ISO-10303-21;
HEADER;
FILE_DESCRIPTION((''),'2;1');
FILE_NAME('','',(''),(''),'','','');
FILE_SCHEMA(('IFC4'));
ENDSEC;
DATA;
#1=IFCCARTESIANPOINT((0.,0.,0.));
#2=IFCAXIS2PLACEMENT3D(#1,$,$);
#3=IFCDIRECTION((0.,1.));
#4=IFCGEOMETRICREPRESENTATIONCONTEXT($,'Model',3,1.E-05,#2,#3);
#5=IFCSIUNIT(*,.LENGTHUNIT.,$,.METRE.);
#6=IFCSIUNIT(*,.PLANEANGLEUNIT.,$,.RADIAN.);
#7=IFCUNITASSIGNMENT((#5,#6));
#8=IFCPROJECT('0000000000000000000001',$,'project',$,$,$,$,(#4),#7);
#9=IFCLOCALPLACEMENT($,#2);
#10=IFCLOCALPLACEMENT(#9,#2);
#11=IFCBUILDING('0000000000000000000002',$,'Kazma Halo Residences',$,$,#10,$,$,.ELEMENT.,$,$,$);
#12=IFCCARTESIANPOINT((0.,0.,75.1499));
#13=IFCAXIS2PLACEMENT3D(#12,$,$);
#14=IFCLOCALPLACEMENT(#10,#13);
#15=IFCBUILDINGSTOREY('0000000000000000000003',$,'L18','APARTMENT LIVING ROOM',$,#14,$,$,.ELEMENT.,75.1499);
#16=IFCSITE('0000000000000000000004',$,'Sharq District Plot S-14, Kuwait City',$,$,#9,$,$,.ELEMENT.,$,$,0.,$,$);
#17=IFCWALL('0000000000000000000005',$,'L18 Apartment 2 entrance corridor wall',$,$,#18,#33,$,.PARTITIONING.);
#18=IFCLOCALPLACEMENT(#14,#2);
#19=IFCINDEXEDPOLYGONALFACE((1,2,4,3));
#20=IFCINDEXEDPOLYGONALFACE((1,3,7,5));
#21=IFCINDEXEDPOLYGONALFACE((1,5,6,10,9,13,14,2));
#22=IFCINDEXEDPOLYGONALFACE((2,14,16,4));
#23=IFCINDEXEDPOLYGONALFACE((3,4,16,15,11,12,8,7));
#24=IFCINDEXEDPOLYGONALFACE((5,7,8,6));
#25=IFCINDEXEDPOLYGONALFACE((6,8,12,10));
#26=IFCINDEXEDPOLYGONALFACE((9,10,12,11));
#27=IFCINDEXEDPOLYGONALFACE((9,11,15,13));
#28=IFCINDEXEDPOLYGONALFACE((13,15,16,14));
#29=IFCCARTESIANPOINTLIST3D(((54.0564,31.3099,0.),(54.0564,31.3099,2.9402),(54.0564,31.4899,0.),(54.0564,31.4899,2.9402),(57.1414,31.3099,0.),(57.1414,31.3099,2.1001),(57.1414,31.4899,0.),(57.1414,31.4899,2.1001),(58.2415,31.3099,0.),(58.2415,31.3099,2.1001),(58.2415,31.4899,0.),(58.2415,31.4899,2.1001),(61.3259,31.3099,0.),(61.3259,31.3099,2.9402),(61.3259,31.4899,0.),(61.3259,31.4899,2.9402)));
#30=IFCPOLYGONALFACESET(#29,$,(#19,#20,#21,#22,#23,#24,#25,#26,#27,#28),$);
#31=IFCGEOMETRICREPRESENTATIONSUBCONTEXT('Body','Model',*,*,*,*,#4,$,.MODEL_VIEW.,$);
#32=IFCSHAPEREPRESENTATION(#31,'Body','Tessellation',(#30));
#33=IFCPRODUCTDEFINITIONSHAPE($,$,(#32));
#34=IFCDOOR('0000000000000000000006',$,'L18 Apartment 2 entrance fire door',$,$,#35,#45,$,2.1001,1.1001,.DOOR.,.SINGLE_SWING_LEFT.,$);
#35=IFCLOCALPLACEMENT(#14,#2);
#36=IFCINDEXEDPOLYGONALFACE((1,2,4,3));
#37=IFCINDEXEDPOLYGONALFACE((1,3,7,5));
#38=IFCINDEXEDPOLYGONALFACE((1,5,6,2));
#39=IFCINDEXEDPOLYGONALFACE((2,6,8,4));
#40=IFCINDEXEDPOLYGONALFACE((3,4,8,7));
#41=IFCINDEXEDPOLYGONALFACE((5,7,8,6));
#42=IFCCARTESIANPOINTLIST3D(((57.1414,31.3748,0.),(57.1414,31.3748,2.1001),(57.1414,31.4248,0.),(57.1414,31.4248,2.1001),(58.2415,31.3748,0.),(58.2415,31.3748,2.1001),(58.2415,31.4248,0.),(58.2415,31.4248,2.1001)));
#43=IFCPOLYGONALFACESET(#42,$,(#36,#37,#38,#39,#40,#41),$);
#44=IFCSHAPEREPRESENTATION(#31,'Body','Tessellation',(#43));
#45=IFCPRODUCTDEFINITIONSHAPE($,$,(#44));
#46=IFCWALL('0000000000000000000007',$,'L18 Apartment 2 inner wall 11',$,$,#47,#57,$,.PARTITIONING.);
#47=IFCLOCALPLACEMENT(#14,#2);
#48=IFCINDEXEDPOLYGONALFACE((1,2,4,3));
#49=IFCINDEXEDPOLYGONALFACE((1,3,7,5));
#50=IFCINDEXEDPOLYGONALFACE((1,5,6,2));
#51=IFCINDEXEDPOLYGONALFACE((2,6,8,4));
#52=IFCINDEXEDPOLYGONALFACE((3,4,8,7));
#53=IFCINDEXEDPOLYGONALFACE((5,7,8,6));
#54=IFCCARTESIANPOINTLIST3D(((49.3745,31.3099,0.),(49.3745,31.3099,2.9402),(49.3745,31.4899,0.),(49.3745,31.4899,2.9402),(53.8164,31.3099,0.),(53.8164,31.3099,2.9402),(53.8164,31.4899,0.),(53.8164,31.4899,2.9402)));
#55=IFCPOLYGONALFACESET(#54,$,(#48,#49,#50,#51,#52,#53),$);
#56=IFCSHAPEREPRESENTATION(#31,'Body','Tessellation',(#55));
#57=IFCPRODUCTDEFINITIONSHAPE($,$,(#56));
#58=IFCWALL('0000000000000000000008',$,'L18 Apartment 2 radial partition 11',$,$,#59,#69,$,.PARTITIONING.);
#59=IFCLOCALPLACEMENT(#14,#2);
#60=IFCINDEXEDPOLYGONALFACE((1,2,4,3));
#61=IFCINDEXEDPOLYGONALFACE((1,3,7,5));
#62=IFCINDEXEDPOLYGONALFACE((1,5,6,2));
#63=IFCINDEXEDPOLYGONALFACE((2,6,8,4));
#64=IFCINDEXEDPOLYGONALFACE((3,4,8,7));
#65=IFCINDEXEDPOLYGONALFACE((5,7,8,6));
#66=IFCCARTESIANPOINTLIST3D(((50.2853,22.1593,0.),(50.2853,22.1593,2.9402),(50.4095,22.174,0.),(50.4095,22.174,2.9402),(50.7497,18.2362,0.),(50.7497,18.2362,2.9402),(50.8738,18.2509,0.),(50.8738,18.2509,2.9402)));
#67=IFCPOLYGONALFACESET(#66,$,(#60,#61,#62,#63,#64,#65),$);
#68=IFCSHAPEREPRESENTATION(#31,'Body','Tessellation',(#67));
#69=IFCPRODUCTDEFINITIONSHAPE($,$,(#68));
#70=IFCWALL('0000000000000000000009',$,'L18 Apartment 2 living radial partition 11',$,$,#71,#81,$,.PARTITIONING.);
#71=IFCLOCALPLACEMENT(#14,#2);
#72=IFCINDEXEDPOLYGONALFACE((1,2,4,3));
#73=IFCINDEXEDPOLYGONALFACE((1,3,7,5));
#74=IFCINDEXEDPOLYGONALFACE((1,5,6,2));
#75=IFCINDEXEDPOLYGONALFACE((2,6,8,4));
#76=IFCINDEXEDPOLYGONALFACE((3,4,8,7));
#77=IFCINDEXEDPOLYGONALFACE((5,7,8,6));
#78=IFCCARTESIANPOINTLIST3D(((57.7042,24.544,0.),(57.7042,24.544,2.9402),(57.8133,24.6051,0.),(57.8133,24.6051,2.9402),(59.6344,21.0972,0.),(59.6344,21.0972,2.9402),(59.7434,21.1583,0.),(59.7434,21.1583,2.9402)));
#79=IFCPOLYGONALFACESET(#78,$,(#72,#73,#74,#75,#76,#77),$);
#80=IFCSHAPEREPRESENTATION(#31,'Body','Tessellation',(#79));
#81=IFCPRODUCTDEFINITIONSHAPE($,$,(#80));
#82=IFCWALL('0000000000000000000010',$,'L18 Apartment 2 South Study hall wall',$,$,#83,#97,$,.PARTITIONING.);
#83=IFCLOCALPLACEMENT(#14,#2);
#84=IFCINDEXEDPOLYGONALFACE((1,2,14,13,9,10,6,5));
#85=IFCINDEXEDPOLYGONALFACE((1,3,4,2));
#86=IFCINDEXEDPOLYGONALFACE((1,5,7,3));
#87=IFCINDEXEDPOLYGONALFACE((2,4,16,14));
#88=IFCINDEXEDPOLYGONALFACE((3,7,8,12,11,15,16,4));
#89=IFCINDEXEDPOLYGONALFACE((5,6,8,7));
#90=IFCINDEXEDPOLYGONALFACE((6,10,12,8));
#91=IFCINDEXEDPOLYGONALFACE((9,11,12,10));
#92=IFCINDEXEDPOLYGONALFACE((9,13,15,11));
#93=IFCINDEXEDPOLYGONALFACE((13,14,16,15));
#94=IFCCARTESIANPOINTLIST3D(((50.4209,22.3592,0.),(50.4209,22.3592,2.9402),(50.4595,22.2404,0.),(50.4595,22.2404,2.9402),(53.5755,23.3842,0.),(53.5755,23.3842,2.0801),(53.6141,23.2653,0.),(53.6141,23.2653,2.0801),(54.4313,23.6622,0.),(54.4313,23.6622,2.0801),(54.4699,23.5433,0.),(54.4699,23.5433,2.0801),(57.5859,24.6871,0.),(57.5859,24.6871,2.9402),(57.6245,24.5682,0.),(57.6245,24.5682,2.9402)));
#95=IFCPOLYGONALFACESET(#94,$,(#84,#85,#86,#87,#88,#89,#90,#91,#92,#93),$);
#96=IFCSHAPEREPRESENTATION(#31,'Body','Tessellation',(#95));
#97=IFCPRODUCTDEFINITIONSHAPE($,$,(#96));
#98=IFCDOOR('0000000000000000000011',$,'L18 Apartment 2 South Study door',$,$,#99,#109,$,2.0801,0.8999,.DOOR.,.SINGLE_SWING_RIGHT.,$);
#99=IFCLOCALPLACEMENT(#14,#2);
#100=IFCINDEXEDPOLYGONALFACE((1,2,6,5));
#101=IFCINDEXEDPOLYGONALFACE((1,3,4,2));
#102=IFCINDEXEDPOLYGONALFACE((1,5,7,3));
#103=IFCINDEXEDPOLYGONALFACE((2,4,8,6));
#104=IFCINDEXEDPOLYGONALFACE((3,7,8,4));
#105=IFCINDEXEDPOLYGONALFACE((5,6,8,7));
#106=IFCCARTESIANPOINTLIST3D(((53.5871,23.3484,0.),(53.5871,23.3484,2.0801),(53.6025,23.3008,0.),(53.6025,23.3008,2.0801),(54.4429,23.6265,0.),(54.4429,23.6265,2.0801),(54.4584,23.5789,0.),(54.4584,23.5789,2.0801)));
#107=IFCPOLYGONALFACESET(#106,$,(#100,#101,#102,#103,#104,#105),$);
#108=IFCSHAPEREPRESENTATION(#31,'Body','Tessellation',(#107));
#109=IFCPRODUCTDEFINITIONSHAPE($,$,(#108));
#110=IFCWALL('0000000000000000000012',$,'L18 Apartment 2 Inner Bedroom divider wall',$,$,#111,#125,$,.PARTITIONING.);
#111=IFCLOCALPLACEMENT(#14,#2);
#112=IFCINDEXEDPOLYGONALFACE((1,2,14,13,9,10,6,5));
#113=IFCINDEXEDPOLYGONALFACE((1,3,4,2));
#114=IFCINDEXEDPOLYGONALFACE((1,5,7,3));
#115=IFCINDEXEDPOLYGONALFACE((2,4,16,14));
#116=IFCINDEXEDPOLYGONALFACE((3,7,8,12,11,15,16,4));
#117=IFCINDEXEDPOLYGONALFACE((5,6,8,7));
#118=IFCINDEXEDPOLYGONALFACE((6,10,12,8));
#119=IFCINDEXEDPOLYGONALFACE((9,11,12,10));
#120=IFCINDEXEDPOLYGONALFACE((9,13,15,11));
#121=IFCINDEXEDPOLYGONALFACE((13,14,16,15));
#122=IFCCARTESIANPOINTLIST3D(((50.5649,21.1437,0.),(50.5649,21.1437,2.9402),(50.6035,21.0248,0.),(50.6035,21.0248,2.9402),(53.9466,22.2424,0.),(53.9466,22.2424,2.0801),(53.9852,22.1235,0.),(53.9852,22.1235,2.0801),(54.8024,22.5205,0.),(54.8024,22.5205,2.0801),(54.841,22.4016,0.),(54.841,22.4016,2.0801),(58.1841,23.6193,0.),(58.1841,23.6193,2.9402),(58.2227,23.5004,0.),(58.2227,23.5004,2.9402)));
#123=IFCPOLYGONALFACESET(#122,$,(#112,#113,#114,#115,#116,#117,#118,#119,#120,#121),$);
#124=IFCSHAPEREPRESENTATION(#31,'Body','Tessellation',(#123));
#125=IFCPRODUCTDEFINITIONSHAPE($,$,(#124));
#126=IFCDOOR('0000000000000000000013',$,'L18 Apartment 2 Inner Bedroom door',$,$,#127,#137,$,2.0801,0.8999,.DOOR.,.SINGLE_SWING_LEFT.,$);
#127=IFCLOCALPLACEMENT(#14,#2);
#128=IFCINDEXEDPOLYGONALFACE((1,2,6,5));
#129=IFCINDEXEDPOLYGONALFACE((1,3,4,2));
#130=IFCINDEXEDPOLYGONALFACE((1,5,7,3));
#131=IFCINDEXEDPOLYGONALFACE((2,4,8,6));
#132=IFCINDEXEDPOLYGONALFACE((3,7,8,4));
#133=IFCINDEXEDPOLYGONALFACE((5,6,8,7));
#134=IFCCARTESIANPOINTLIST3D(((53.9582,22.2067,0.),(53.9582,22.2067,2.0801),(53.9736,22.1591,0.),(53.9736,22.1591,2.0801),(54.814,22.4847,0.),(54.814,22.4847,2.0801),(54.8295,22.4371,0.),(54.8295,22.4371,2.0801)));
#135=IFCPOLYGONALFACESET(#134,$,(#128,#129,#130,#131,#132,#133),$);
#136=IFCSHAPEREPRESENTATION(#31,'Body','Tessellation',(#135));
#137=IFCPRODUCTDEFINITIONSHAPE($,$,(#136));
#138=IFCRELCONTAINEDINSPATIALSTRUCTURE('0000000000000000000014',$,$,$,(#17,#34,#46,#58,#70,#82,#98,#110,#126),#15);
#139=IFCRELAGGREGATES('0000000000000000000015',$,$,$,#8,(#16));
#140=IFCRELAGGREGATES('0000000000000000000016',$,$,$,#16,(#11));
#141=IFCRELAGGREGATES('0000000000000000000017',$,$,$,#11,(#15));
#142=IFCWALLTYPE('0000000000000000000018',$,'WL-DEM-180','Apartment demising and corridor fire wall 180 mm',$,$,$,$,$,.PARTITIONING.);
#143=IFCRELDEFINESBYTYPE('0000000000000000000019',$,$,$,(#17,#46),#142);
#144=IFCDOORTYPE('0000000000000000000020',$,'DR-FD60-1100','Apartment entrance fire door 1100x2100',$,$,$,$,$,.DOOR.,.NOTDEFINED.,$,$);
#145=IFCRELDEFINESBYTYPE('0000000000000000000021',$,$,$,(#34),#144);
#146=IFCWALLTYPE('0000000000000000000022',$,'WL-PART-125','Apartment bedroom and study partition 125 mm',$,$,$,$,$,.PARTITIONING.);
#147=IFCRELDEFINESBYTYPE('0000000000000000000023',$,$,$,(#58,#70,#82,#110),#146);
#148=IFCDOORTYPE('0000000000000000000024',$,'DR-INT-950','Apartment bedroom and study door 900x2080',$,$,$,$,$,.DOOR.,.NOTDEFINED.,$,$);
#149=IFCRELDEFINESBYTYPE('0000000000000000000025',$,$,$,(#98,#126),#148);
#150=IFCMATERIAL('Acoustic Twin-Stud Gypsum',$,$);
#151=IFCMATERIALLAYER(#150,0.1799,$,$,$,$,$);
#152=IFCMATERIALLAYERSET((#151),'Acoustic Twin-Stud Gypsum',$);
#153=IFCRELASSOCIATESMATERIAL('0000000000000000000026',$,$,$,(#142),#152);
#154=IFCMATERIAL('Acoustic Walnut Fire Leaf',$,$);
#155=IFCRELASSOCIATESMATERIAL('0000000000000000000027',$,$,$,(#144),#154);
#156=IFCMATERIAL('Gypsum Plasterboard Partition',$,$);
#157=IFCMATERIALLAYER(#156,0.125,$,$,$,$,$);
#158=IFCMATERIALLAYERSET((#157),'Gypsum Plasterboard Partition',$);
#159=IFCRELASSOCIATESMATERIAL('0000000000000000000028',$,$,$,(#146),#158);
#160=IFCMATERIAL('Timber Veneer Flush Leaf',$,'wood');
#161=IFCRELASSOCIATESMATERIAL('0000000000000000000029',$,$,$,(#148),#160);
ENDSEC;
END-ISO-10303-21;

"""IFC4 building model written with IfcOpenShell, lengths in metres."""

from ifc_helpers import new_model, si_unit, direction, frame, frame_2d, origin, place, context, subcontext, project, spatial, rectangle, extrude, material, layer, layer_set, type_object, element, fill, save


model = new_model("IFC4")

# Units and contexts
model_context = context("Model", 3, precision=1e-05, world=origin(), true_north=direction((0.0, 1.0)))
body_context = subcontext(model_context, "Body", "Model", "MODEL_VIEW")
ifc_project = project(units=[si_unit("LENGTHUNIT", "METRE"), si_unit("PLANEANGLEUNIT", "RADIAN")], contexts=[model_context])

# Site, building, storey
site_placement = place(None, origin())
site = spatial("IfcSite", under=ifc_project, at=site_placement, Name="Sharq District Plot S-14, Kuwait City", CompositionType="ELEMENT", RefElevation=0.0)
building_placement = place(site_placement, origin())
building = spatial("IfcBuilding", under=site, at=building_placement, Name="Kazma Halo Residences", CompositionType="ELEMENT")
storey_placement = place(building_placement, frame((0.0, 0.0, 75.1499)))
storey = spatial("IfcBuildingStorey", under=building, at=storey_placement, Name="L18", Description="APARTMENT LIVING ROOM", CompositionType="ELEMENT", Elevation=75.1499)

# Wall, opening, door
ifc_material_1 = material(Name="Acoustic Twin-Stud Gypsum")
ifc_layer_1 = layer(ifc_material_1, 0.1799)
ifc_layer_set_1 = layer_set([ifc_layer_1], Name="Acoustic Twin-Stud Gypsum")
wall_type_1 = type_object("IfcWallType", Name="WL-DEM-180", Description="Apartment demising and corridor fire wall 180 mm", PredefinedType="PARTITIONING", material=ifc_layer_set_1)
wall_1_placement = place(storey_placement, frame((54.0564, 31.3999, 0.0), z_axis=(0.0, 0.0, 1.0), x_axis=(1.0, 0.0, 0.0)))
wall_1 = element("IfcWall", 1, at=wall_1_placement, inside=storey, type_object=wall_type_1, Name="L18 Apartment 2 entrance corridor wall", PredefinedType="PARTITIONING", context=body_context, shape_type="SweptSolid", body=[
    extrude(rectangle(XDim=7.2695, YDim=0.1799, at=frame_2d((3.6348, 0.0))), origin(), (0.0, 0.0, 1.0), 2.9402),
])
opening_1_placement = place(wall_1_placement, frame((3.085, 0.0, 0.0)))
opening_1 = element("IfcOpeningElement", 2, at=opening_1_placement, cuts=wall_1, PredefinedType="OPENING", context=body_context, shape_type="SweptSolid", body=[
    extrude(rectangle(XDim=1.1001, YDim=2.1001, at=frame_2d((0.55, 1.05))), frame((0.0, 0.0999, 0.0), z_axis=(0.0, -1.0, 0.0), x_axis=(1.0, 0.0, 0.0)), (0.0, 0.0, 1.0), 0.2),
])
ifc_material_2 = material(Name="Acoustic Walnut Fire Leaf")
door_type_1 = type_object("IfcDoorType", Name="DR-FD60-1100", Description="Apartment entrance fire door 1100x2100", OperationType="NOTDEFINED", PredefinedType="DOOR", material=ifc_material_2)
door_1_placement = place(opening_1_placement, origin())
door_1 = element("IfcDoor", 3, at=door_1_placement, inside=storey, type_object=door_type_1, Name="L18 Apartment 2 entrance fire door", OperationType="SINGLE_SWING_LEFT", OverallHeight=2.1001, OverallWidth=1.1001, PredefinedType="DOOR", context=body_context, shape_type="SweptSolid", body=[
    extrude(rectangle(XDim=1.1001, YDim=2.1001, at=frame_2d((0.55, 1.05))), frame((0.0, 0.0249, 0.0), z_axis=(0.0, -1.0, 0.0), x_axis=(1.0, 0.0, 0.0)), (0.0, 0.0, 1.0), 0.05),
])
fill(opening_1, door_1)

# Walls
wall_2_placement = place(storey_placement, frame((49.3745, 31.3999, 0.0), z_axis=(0.0, 0.0, 1.0), x_axis=(1.0, 0.0, 0.0)))
element("IfcWall", 4, at=wall_2_placement, inside=storey, type_object=wall_type_1, Name="L18 Apartment 2 inner wall 11", PredefinedType="PARTITIONING", context=body_context, shape_type="SweptSolid", body=[
    extrude(rectangle(XDim=4.4419, YDim=0.1799, at=frame_2d((2.2209, 0.0))), origin(), (0.0, 0.0, 1.0), 2.9402),
])
ifc_material_3 = material(Name="Gypsum Plasterboard Partition")
ifc_layer_2 = layer(ifc_material_3, 0.125)
ifc_layer_set_2 = layer_set([ifc_layer_2], Name="Gypsum Plasterboard Partition")
wall_type_2 = type_object("IfcWallType", Name="WL-PART-125", Description="Apartment bedroom and study partition 125 mm", PredefinedType="PARTITIONING", material=ifc_layer_set_2)
for number, where, z_axis, x_axis, name in (
    (5, (50.3474, 22.1665, 0.0), (0.0, 0.0, 1.0), (0.117544, -0.993068, 0.0), "L18 Apartment 2 radial partition 11"),
    (6, (57.7588, 24.5745, 0.0), (0.0, 0.0, 1.0), (0.4886, -0.872508, 0.0), "L18 Apartment 2 living radial partition 11"),
):
    element("IfcWall", number, at=place(storey_placement, frame(where, z_axis=z_axis, x_axis=x_axis)), inside=storey, type_object=wall_type_2, Name=name, PredefinedType="PARTITIONING", context=body_context, shape_type="SweptSolid", body=[
        extrude(rectangle(XDim=3.9504, YDim=0.125, at=frame_2d((1.9751, 0.0))), origin(), (0.0, 0.0, 1.0), 2.9402),
    ])

# Walls, openings, doors
wall_3_placement = place(storey_placement, frame((50.4402, 22.2998, 0.0), z_axis=(0.0, 0.0, 1.0), x_axis=(0.951064, 0.308995, 0.0)))
wall_3 = element("IfcWall", 7, at=wall_3_placement, inside=storey, type_object=wall_type_2, Name="L18 Apartment 2 South Study hall wall", PredefinedType="PARTITIONING", context=body_context, shape_type="SweptSolid", body=[
    extrude(rectangle(XDim=7.5337, YDim=0.125, at=frame_2d((3.7668, 0.0))), origin(), (0.0, 0.0, 1.0), 2.9402),
])
opening_2_placement = place(wall_3_placement, frame((3.3169, 0.0, 0.0)))
opening_2 = element("IfcOpeningElement", 8, at=opening_2_placement, cuts=wall_3, PredefinedType="OPENING", context=body_context, shape_type="SweptSolid", body=[
    extrude(rectangle(XDim=0.8999, YDim=2.0801, at=frame_2d((0.45, 1.04))), frame((0.0, 0.0725, 0.0), z_axis=(0.0, -1.0, 0.0), x_axis=(1.0, 0.0, 0.0)), (0.0, 0.0, 1.0), 0.145),
])
ifc_material_4 = material(Name="Timber Veneer Flush Leaf", Category="wood")
door_type_2 = type_object("IfcDoorType", Name="DR-INT-950", Description="Apartment bedroom and study door 900x2080", OperationType="NOTDEFINED", PredefinedType="DOOR", material=ifc_material_4)
door_2_placement = place(opening_2_placement, origin())
door_2 = element("IfcDoor", 9, at=door_2_placement, inside=storey, type_object=door_type_2, Name="L18 Apartment 2 South Study door", OperationType="SINGLE_SWING_RIGHT", OverallHeight=2.0801, OverallWidth=0.8999, PredefinedType="DOOR", context=body_context, shape_type="SweptSolid", body=[
    extrude(rectangle(XDim=0.8999, YDim=2.0801, at=frame_2d((0.45, 1.04))), frame((0.0, 0.0249, 0.0), z_axis=(0.0, -1.0, 0.0), x_axis=(1.0, 0.0, 0.0)), (0.0, 0.0, 1.0), 0.05),
])
fill(opening_2, door_2)
wall_4_placement = place(storey_placement, frame((50.5842, 21.0842, 0.0), z_axis=(0.0, 0.0, 1.0), x_axis=(0.951057, 0.309014, 0.0)))
wall_4 = element("IfcWall", 10, at=wall_4_placement, inside=storey, type_object=wall_type_2, Name="L18 Apartment 2 Inner Bedroom divider wall", PredefinedType="PARTITIONING", context=body_context, shape_type="SweptSolid", body=[
    extrude(rectangle(XDim=8.0112, YDim=0.125, at=frame_2d((4.0056, 0.0))), origin(), (0.0, 0.0, 1.0), 2.9402),
])
opening_3_placement = place(wall_4_placement, frame((3.5557, 0.0, 0.0)))
opening_3 = element("IfcOpeningElement", 11, at=opening_3_placement, cuts=wall_4, PredefinedType="OPENING", context=body_context, shape_type="SweptSolid", body=[
    extrude(rectangle(XDim=0.8999, YDim=2.0801, at=frame_2d((0.45, 1.04))), frame((0.0, 0.0725, 0.0), z_axis=(0.0, -1.0, 0.0), x_axis=(1.0, 0.0, 0.0)), (0.0, 0.0, 1.0), 0.145),
])
door_3_placement = place(opening_3_placement, origin())
door_3 = element("IfcDoor", 12, at=door_3_placement, inside=storey, type_object=door_type_2, Name="L18 Apartment 2 Inner Bedroom door", OperationType="SINGLE_SWING_LEFT", OverallHeight=2.0801, OverallWidth=0.8999, PredefinedType="DOOR", context=body_context, shape_type="SweptSolid", body=[
    extrude(rectangle(XDim=0.8999, YDim=2.0801, at=frame_2d((0.45, 1.04))), frame((0.0, 0.0249, 0.0), z_axis=(0.0, -1.0, 0.0), x_axis=(1.0, 0.0, 0.0)), (0.0, 0.0, 1.0), 0.05),
])
fill(opening_3, door_3)

save(model, "model.ifc")
